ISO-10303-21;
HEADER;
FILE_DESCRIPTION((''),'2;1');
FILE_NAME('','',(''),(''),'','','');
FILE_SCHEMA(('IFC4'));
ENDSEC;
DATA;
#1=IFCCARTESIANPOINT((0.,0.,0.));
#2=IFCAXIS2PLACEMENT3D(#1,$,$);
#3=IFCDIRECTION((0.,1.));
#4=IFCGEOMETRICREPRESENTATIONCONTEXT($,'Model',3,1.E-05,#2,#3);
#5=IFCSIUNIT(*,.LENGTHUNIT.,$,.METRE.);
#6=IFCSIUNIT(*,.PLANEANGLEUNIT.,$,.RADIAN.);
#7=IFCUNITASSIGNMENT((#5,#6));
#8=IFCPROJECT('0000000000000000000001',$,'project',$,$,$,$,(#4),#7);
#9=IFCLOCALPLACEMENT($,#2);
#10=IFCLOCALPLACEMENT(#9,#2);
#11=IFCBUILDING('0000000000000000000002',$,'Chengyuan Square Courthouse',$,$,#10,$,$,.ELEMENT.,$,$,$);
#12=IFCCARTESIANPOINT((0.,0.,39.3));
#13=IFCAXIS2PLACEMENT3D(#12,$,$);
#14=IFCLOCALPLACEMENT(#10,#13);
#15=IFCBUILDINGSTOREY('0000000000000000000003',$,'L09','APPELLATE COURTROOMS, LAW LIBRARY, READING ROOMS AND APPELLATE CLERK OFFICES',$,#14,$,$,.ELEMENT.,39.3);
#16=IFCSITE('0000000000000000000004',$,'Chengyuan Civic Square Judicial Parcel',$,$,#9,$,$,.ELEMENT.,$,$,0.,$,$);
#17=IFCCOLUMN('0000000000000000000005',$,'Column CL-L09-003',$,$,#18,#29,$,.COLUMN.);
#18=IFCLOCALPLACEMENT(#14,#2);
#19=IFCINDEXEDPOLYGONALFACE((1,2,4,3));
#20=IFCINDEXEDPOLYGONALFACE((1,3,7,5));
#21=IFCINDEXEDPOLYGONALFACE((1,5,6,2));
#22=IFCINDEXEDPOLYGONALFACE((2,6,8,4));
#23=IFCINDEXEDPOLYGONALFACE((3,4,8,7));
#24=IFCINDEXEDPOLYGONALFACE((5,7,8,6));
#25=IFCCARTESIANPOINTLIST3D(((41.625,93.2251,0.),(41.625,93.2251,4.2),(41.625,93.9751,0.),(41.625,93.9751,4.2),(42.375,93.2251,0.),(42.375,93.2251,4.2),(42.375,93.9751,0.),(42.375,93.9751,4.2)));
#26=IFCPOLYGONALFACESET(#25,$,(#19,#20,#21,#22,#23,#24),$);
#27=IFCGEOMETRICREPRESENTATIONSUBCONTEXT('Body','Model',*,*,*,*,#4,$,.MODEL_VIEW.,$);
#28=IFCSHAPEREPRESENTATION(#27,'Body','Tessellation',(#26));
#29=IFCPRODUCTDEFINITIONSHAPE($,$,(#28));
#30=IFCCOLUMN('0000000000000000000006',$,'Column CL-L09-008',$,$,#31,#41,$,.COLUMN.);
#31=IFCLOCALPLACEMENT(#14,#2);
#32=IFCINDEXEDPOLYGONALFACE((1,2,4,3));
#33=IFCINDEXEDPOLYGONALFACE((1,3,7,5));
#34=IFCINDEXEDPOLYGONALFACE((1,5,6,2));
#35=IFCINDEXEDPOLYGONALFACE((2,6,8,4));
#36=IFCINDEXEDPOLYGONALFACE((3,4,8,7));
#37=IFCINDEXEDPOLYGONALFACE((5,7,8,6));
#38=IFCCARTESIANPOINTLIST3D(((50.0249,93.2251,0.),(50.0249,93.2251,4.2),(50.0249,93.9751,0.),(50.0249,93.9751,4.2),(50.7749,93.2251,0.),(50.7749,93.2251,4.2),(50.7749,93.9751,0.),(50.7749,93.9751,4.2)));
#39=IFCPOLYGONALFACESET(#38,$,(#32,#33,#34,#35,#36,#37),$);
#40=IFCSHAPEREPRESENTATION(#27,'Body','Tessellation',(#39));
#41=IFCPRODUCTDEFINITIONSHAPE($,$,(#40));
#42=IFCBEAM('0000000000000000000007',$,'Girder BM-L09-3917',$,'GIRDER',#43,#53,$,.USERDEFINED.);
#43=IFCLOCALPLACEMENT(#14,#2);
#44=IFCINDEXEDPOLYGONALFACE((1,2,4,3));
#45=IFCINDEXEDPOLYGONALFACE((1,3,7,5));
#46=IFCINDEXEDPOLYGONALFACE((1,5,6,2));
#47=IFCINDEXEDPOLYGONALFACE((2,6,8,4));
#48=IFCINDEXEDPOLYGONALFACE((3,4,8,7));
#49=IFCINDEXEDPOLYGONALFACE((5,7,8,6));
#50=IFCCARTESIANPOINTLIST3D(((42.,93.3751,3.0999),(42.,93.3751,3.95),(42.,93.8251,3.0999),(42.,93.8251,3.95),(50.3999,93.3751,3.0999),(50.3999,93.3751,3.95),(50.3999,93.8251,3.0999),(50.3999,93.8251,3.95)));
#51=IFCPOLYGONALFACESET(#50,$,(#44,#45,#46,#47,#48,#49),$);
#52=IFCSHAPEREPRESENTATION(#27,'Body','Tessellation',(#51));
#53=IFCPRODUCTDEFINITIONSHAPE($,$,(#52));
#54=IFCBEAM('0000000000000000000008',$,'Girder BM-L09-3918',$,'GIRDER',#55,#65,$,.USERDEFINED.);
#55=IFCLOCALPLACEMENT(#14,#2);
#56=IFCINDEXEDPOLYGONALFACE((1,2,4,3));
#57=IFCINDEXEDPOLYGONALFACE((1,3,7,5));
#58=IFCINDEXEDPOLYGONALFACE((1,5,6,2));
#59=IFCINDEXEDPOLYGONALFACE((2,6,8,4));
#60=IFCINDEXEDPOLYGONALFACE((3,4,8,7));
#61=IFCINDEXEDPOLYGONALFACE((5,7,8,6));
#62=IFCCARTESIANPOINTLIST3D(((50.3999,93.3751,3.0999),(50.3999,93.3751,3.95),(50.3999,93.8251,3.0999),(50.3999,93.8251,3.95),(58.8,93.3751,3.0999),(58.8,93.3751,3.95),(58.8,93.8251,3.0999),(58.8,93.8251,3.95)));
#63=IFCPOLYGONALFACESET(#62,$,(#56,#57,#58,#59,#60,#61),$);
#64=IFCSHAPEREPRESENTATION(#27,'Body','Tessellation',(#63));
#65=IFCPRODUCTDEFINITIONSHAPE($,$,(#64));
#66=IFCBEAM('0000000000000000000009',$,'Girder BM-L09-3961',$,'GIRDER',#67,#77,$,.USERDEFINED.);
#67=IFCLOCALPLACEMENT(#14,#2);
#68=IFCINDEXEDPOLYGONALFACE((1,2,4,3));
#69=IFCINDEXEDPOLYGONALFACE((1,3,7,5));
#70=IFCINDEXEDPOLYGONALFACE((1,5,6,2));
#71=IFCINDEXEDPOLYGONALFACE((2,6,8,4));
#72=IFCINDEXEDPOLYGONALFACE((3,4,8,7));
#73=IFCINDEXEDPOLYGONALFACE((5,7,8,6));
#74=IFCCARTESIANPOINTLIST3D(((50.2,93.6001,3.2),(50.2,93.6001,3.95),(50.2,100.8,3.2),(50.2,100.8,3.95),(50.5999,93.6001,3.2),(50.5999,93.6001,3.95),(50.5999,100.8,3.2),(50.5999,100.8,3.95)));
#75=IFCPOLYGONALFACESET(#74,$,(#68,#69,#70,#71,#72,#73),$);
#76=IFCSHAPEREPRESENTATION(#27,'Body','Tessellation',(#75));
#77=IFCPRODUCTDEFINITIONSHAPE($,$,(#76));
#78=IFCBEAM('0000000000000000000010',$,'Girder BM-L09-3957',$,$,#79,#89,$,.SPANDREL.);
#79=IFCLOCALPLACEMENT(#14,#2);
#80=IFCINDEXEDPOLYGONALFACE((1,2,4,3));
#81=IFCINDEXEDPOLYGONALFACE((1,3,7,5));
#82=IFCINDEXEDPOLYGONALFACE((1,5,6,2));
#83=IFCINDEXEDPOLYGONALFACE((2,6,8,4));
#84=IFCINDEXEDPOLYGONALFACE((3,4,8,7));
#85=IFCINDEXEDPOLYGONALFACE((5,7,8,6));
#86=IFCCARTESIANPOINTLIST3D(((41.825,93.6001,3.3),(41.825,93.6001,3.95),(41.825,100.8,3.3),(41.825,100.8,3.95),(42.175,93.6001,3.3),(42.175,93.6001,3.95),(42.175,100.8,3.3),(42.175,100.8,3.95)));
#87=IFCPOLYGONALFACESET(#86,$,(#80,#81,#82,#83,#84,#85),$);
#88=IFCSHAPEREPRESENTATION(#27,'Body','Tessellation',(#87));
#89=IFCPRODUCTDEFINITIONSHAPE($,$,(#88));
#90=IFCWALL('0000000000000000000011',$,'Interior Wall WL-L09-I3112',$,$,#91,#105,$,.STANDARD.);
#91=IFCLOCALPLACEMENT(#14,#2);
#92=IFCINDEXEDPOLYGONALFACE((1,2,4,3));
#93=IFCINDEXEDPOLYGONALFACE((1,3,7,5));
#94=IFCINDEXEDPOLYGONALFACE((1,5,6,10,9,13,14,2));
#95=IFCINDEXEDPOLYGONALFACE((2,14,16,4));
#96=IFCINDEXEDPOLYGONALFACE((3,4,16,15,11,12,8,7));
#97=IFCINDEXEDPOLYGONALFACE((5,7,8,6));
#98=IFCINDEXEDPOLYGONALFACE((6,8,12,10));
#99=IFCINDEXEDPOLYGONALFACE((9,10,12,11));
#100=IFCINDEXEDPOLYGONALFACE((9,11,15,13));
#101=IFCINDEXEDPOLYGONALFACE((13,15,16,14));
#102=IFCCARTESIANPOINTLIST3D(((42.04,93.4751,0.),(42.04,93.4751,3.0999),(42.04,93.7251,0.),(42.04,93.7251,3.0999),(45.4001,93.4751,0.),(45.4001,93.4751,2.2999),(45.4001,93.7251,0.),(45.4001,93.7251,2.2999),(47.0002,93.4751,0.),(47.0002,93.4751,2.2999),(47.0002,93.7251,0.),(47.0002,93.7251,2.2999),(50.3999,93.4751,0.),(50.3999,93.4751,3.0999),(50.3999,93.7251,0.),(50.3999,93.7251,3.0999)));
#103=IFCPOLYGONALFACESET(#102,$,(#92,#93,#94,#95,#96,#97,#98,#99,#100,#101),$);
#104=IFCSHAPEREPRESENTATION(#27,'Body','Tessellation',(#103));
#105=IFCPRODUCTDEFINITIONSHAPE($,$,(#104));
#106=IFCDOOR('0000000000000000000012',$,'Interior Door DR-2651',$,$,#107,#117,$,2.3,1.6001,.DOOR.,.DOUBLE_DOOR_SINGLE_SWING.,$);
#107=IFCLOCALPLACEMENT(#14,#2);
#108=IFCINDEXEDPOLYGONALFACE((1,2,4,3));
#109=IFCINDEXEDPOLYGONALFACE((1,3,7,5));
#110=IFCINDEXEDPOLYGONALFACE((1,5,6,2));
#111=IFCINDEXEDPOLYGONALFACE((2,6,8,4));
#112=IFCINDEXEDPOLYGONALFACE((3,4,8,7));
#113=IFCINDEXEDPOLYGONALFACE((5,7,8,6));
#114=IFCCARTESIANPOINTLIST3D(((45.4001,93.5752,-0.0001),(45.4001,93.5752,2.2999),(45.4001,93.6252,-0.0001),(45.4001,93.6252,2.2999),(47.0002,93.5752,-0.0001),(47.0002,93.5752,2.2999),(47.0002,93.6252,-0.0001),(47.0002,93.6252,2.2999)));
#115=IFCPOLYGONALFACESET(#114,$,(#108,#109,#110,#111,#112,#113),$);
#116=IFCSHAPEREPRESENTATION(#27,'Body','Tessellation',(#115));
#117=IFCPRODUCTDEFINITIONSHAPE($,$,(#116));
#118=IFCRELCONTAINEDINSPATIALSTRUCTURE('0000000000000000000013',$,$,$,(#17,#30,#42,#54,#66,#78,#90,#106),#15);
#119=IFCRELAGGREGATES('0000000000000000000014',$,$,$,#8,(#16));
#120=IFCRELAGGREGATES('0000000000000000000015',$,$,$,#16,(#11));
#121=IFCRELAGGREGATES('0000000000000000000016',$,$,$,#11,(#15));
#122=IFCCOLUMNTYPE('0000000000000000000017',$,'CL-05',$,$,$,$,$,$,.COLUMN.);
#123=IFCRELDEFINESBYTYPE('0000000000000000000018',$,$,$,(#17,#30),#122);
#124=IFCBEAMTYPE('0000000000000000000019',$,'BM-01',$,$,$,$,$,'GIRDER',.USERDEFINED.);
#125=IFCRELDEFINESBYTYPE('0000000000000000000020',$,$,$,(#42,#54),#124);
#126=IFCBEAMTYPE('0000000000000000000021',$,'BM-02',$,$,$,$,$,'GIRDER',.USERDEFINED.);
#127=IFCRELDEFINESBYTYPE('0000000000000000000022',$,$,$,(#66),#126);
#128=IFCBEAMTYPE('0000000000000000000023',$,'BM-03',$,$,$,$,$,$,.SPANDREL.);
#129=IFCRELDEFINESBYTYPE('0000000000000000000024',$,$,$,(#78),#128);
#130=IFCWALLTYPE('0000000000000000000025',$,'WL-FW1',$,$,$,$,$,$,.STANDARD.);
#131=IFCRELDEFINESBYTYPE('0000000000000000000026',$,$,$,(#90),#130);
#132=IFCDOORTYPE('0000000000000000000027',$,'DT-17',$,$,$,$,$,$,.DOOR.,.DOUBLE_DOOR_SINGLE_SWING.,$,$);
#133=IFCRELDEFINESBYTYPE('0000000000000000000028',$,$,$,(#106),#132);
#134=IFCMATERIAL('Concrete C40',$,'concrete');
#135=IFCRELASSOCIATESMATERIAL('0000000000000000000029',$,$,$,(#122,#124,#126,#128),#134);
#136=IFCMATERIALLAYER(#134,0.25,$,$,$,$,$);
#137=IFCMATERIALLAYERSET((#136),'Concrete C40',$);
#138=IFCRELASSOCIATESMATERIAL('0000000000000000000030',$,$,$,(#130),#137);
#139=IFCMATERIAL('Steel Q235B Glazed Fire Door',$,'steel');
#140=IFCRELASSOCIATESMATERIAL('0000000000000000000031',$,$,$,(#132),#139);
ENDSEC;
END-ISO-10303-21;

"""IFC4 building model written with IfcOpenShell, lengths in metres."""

from ifc_helpers import new_model, si_unit, direction, frame, frame_2d, origin, origin_2d, place, context, subcontext, project, spatial, rectangle, extrude, material, layer, layer_set, material_profile, profile_set, type_object, element, fill, save


model = new_model("IFC4")

# Units and contexts
model_context = context("Model", 3, precision=1e-05, world=origin(), true_north=direction((0.0, 1.0)))
body_context = subcontext(model_context, "Body", "Model", "MODEL_VIEW")
ifc_project = project(units=[si_unit("LENGTHUNIT", "METRE"), si_unit("PLANEANGLEUNIT", "RADIAN")], contexts=[model_context])

# Site, building, storey
site_placement = place(None, origin())
site = spatial("IfcSite", under=ifc_project, at=site_placement, Name="Chengyuan Civic Square Judicial Parcel", CompositionType="ELEMENT", RefElevation=0.0)
building_placement = place(site_placement, origin())
building = spatial("IfcBuilding", under=site, at=building_placement, Name="Chengyuan Square Courthouse", CompositionType="ELEMENT")
storey_placement = place(building_placement, frame((0.0, 0.0, 39.3)))
storey = spatial("IfcBuildingStorey", under=building, at=storey_placement, Name="L09", Description="APPELLATE COURTROOMS, LAW LIBRARY, READING ROOMS AND APPELLATE CLERK OFFICES", CompositionType="ELEMENT", Elevation=39.3)

# Columns
ifc_material_1 = material(Name="Concrete C40", Category="concrete")
ifc_material_profile_1 = material_profile(ifc_material_1, rectangle(XDim=0.75, YDim=0.75, at=origin_2d()), Name="RC-COL-750x750")
ifc_profile_set_1 = profile_set([ifc_material_profile_1], Name="Concrete C40")
column_type = type_object("IfcColumnType", Name="CL-05", PredefinedType="COLUMN", material=ifc_profile_set_1)
for number, where, z_axis, x_axis, name in (
    (1, (42.0, 93.6001, 0.0), (0.0, 0.0, 1.0), (1.0, 0.0, 0.0), "Column CL-L09-003"),
    (2, (50.3999, 93.6001, 0.0), (0.0, 0.0, 1.0), (1.0, 0.0, 0.0), "Column CL-L09-008"),
):
    element("IfcColumn", number, at=place(storey_placement, frame(where, z_axis=z_axis, x_axis=x_axis)), inside=storey, type_object=column_type, Name=name, PredefinedType="COLUMN", context=body_context, shape_type="SweptSolid", body=[
        extrude(rectangle(XDim=0.75, YDim=0.75, at=origin_2d()), origin(), (0.0, 0.0, 1.0), 4.2),
    ])

# Beams
ifc_material_profile_2 = material_profile(ifc_material_1, rectangle(XDim=0.45, YDim=0.8501, at=origin_2d()), Name="RC-BM-450x850")
ifc_profile_set_2 = profile_set([ifc_material_profile_2], Name="Concrete C40")
beam_type_1 = type_object("IfcBeamType", Name="BM-01", ElementType="GIRDER", PredefinedType="USERDEFINED", material=ifc_profile_set_2)
beam_1_placement = place(storey_placement, frame((42.0, 93.6001, 3.5249), z_axis=(1.0, 0.0, 0.0), x_axis=(0.0, 1.0, 0.0)))
element("IfcBeam", 3, at=beam_1_placement, inside=storey, type_object=beam_type_1, Name="Girder BM-L09-3917", ObjectType="GIRDER", PredefinedType="USERDEFINED", context=body_context, shape_type="SweptSolid", body=[
    extrude(rectangle(XDim=0.45, YDim=0.8501, at=origin_2d()), origin(), (0.0, 0.0, 1.0), 8.3999),
])
beam_2_placement = place(storey_placement, frame((50.3999, 93.6001, 3.5249), z_axis=(1.0, 0.0, 0.0), x_axis=(0.0, 1.0, 0.0)))
element("IfcBeam", 4, at=beam_2_placement, inside=storey, type_object=beam_type_1, Name="Girder BM-L09-3918", ObjectType="GIRDER", PredefinedType="USERDEFINED", context=body_context, shape_type="SweptSolid", body=[
    extrude(rectangle(XDim=0.45, YDim=0.8501, at=origin_2d()), origin(), (0.0, 0.0, 1.0), 8.4001),
])
ifc_material_profile_3 = material_profile(ifc_material_1, rectangle(XDim=0.3999, YDim=0.75, at=origin_2d()), Name="RC-BM-400x750")
ifc_profile_set_3 = profile_set([ifc_material_profile_3], Name="Concrete C40")
beam_type_2 = type_object("IfcBeamType", Name="BM-02", ElementType="GIRDER", PredefinedType="USERDEFINED", material=ifc_profile_set_3)
beam_3_placement = place(storey_placement, frame((50.3999, 93.6001, 3.575), z_axis=(0.0, 1.0, 0.0), x_axis=(-1.0, 0.0, 0.0)))
element("IfcBeam", 5, at=beam_3_placement, inside=storey, type_object=beam_type_2, Name="Girder BM-L09-3961", ObjectType="GIRDER", PredefinedType="USERDEFINED", context=body_context, shape_type="SweptSolid", body=[
    extrude(rectangle(XDim=0.3999, YDim=0.75, at=origin_2d()), origin(), (0.0, 0.0, 1.0), 7.2),
])
ifc_material_profile_4 = material_profile(ifc_material_1, rectangle(XDim=0.3501, YDim=0.6499, at=origin_2d()), Name="RC-BM-350x650")
ifc_profile_set_4 = profile_set([ifc_material_profile_4], Name="Concrete C40")
beam_type_3 = type_object("IfcBeamType", Name="BM-03", PredefinedType="SPANDREL", material=ifc_profile_set_4)
beam_4_placement = place(storey_placement, frame((42.0, 93.6001, 3.625), z_axis=(0.0, 1.0, 0.0), x_axis=(-1.0, 0.0, 0.0)))
element("IfcBeam", 6, at=beam_4_placement, inside=storey, type_object=beam_type_3, Name="Girder BM-L09-3957", PredefinedType="SPANDREL", context=body_context, shape_type="SweptSolid", body=[
    extrude(rectangle(XDim=0.3501, YDim=0.6499, at=origin_2d()), origin(), (0.0, 0.0, 1.0), 7.2),
])

# Wall, opening, door
ifc_layer_1 = layer(ifc_material_1, 0.25)
ifc_layer_set_1 = layer_set([ifc_layer_1], Name="Concrete C40")
wall_type_1 = type_object("IfcWallType", Name="WL-FW1", PredefinedType="STANDARD", material=ifc_layer_set_1)
wall_1_placement = place(storey_placement, frame((42.04, 93.6001, 0.0), z_axis=(0.0, 0.0, 1.0), x_axis=(1.0, 0.0, 0.0)))
wall_1 = element("IfcWall", 7, at=wall_1_placement, inside=storey, type_object=wall_type_1, Name="Interior Wall WL-L09-I3112", PredefinedType="STANDARD", context=body_context, shape_type="SweptSolid", body=[
    extrude(rectangle(XDim=8.3599, YDim=0.25, at=frame_2d((4.1799, 0.0))), origin(), (0.0, 0.0, 1.0), 3.0999),
])
opening_1_placement = place(wall_1_placement, frame((3.3601, 0.0, 0.0)))
opening_1 = element("IfcOpeningElement", 8, at=opening_1_placement, cuts=wall_1, PredefinedType="OPENING", context=body_context, shape_type="SweptSolid", body=[
    extrude(rectangle(XDim=1.6001, YDim=2.3, at=frame_2d((0.8, 1.1499))), frame((0.0, 0.137, 0.0), z_axis=(0.0, -1.0, 0.0), x_axis=(1.0, 0.0, 0.0)), (0.0, 0.0, 1.0), 0.2739),
])
ifc_material_2 = material(Name="Steel Q235B Glazed Fire Door", Category="steel")
door_type_1 = type_object("IfcDoorType", Name="DT-17", OperationType="DOUBLE_DOOR_SINGLE_SWING", PredefinedType="DOOR", material=ifc_material_2)
door_1_placement = place(opening_1_placement, frame((1.6001, 0.0, 0.0), z_axis=(0.0, 0.0, 1.0), x_axis=(-1.0, 0.0, 0.0)))
door_1 = element("IfcDoor", 9, at=door_1_placement, inside=storey, type_object=door_type_1, Name="Interior Door DR-2651", OperationType="DOUBLE_DOOR_SINGLE_SWING", OverallHeight=2.3, OverallWidth=1.6001, PredefinedType="DOOR", context=body_context, shape_type="SweptSolid", body=[
    extrude(rectangle(XDim=1.6001, YDim=2.3, at=frame_2d((0.8, 1.1499))), frame((0.0, 0.0249, 0.0), z_axis=(0.0, -1.0, 0.0), x_axis=(1.0, 0.0, 0.0)), (0.0, 0.0, 1.0), 0.05),
])
fill(opening_1, door_1)

save(model, "model.ifc")
